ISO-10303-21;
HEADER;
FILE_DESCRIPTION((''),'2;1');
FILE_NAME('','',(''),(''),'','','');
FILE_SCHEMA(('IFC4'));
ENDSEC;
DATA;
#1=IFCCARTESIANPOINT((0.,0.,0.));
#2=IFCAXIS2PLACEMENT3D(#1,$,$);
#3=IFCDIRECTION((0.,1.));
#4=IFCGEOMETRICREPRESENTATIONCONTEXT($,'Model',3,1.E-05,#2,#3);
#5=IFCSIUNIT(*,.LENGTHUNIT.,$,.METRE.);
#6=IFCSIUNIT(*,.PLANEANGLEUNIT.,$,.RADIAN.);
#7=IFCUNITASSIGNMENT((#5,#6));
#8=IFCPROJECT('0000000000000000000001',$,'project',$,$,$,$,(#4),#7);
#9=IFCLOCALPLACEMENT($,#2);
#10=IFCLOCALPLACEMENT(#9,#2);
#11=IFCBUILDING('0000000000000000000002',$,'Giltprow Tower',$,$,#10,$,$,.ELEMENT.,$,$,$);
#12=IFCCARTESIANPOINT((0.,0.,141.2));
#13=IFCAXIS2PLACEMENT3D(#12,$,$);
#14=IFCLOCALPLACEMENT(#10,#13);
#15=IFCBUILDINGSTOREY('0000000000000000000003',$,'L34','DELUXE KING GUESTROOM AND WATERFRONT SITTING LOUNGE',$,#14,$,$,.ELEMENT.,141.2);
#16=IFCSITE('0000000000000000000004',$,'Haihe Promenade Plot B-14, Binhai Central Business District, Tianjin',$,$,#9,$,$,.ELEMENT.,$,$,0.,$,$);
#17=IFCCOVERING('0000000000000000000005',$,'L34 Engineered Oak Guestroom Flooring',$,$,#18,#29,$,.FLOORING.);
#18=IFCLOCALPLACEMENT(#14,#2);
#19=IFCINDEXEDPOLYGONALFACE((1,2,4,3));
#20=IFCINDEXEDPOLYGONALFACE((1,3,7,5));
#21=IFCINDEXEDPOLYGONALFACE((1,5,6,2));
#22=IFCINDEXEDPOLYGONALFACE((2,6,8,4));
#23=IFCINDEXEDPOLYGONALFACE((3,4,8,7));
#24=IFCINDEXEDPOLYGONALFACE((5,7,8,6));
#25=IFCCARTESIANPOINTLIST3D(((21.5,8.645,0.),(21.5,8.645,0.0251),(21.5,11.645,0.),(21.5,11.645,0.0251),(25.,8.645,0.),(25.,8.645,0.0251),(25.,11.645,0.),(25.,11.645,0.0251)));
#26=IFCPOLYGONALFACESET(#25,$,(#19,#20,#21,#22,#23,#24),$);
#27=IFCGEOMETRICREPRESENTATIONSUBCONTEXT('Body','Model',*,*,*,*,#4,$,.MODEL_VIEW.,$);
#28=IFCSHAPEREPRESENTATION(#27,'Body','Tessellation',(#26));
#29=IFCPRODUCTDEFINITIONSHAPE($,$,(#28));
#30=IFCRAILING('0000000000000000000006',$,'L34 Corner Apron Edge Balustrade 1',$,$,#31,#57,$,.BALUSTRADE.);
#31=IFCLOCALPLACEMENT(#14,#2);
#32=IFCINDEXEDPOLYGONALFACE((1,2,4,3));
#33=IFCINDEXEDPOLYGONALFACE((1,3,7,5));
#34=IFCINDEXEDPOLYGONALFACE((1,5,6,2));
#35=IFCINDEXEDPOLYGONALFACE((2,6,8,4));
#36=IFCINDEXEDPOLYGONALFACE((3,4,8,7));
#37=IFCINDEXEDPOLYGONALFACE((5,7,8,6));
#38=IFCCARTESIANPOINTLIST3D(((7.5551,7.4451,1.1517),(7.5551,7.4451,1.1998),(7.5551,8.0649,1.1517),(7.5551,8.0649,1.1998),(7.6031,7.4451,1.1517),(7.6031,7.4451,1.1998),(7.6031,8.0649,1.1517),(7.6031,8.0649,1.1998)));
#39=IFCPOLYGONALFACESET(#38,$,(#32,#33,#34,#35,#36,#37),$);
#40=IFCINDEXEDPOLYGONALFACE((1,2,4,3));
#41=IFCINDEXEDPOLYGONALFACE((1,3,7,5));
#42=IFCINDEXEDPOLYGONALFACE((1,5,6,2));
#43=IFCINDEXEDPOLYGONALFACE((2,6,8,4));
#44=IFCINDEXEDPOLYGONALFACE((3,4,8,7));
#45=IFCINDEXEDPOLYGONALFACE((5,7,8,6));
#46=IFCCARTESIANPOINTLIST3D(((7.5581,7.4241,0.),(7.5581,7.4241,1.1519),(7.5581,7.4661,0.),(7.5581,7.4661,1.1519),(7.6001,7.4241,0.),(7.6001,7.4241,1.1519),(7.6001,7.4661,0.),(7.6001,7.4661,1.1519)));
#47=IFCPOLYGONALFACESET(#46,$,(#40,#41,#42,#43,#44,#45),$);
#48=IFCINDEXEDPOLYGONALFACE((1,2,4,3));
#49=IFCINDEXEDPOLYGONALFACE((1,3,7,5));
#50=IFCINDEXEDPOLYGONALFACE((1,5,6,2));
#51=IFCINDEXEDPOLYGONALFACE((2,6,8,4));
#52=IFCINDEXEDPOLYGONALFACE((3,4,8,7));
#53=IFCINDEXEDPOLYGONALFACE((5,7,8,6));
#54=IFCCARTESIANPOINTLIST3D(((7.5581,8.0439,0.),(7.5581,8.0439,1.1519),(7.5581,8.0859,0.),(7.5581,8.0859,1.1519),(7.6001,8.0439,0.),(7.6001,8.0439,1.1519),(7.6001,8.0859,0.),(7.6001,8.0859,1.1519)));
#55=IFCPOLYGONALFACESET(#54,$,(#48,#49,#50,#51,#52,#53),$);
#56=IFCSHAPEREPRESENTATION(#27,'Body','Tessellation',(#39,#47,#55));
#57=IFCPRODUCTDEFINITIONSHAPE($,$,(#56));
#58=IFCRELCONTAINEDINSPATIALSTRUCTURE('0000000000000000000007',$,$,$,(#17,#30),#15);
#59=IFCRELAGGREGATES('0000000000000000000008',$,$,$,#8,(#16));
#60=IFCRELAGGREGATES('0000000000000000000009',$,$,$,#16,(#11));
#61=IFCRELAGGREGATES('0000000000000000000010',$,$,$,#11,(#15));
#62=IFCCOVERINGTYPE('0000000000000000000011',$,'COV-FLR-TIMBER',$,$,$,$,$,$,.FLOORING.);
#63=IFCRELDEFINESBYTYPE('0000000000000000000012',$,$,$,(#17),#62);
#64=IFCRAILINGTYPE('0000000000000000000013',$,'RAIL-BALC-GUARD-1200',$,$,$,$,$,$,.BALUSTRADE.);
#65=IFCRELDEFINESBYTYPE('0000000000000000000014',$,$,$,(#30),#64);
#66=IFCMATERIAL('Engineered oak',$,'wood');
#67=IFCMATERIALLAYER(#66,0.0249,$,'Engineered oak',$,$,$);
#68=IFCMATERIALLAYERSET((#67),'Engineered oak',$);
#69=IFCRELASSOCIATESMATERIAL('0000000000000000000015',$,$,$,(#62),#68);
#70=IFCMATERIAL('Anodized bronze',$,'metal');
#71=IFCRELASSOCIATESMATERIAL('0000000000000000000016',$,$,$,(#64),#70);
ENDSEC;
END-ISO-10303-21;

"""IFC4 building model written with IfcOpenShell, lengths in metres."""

from ifc_helpers import new_model, si_unit, direction, frame, origin, origin_2d, place, context, subcontext, project, spatial, polyline, rectangle, outline, extrude, material, layer, layer_set, type_object, element, save


model = new_model("IFC4")

# Units and contexts
model_context = context("Model", 3, precision=1e-05, world=origin(), true_north=direction((0.0, 1.0)))
body_context = subcontext(model_context, "Body", "Model", "MODEL_VIEW")
ifc_project = project(units=[si_unit("LENGTHUNIT", "METRE"), si_unit("PLANEANGLEUNIT", "RADIAN")], contexts=[model_context])

# Site, building, storey
site_placement = place(None, origin())
site = spatial("IfcSite", under=ifc_project, at=site_placement, Name="Haihe Promenade Plot B-14, Binhai Central Business District, Tianjin", CompositionType="ELEMENT", RefElevation=0.0)
building_placement = place(site_placement, origin())
building = spatial("IfcBuilding", under=site, at=building_placement, Name="Giltprow Tower", CompositionType="ELEMENT")
storey_placement = place(building_placement, frame((0.0, 0.0, 141.2)))
storey = spatial("IfcBuildingStorey", under=building, at=storey_placement, Name="L34", Description="DELUXE KING GUESTROOM AND WATERFRONT SITTING LOUNGE", CompositionType="ELEMENT", Elevation=141.2)

# Shared definitions
ifc_material_1 = material(Name="Anodized bronze", Category="metal")

# Covering
ifc_material_2 = material(Name="Engineered oak", Category="wood")
ifc_layer_1 = layer(ifc_material_2, 0.0249, Name="Engineered oak")
ifc_layer_set_1 = layer_set([ifc_layer_1], Name="Engineered oak")
covering_type_1 = type_object("IfcCoveringType", Name="COV-FLR-TIMBER", PredefinedType="FLOORING", material=ifc_layer_set_1)
covering_1_placement = place(storey_placement, origin())
element("IfcCovering", 1, at=covering_1_placement, inside=storey, type_object=covering_type_1, Name="L34 Engineered Oak Guestroom Flooring", PredefinedType="FLOORING", context=body_context, shape_type="SweptSolid", body=[
    extrude(outline(polyline([(21.5, 8.645), (25.0, 8.645), (25.0, 11.645), (21.5, 11.645), (21.5, 8.645)])), origin(), (0.0, 0.0, 1.0), 0.0251),
])

# Railing
railing_type = type_object("IfcRailingType", Name="RAIL-BALC-GUARD-1200", PredefinedType="BALUSTRADE", material=ifc_material_1)
railing_placement = place(storey_placement, frame((7.5791, 7.4451, 0.0)))
element("IfcRailing", 2, at=railing_placement, inside=storey, type_object=railing_type, Name="L34 Corner Apron Edge Balustrade 1", PredefinedType="BALUSTRADE", context=body_context, shape_type="SweptSolid", body=[
    extrude(rectangle(XDim=0.0481, YDim=0.0481, at=origin_2d()), frame((0.0, 0.0, 1.1758), z_axis=(0.0, 1.0, 0.0), x_axis=(-1.0, 0.0, 0.0)), (0.0, 0.0, 1.0), 0.6199),
    extrude(rectangle(XDim=0.042, YDim=0.042, at=origin_2d()), origin(), (0.0, 0.0, 1.0), 1.1519),
    extrude(rectangle(XDim=0.042, YDim=0.042, at=origin_2d()), frame((0.0, 0.6199, 0.0)), (0.0, 0.0, 1.0), 1.1519),
])

save(model, "model.ifc")
